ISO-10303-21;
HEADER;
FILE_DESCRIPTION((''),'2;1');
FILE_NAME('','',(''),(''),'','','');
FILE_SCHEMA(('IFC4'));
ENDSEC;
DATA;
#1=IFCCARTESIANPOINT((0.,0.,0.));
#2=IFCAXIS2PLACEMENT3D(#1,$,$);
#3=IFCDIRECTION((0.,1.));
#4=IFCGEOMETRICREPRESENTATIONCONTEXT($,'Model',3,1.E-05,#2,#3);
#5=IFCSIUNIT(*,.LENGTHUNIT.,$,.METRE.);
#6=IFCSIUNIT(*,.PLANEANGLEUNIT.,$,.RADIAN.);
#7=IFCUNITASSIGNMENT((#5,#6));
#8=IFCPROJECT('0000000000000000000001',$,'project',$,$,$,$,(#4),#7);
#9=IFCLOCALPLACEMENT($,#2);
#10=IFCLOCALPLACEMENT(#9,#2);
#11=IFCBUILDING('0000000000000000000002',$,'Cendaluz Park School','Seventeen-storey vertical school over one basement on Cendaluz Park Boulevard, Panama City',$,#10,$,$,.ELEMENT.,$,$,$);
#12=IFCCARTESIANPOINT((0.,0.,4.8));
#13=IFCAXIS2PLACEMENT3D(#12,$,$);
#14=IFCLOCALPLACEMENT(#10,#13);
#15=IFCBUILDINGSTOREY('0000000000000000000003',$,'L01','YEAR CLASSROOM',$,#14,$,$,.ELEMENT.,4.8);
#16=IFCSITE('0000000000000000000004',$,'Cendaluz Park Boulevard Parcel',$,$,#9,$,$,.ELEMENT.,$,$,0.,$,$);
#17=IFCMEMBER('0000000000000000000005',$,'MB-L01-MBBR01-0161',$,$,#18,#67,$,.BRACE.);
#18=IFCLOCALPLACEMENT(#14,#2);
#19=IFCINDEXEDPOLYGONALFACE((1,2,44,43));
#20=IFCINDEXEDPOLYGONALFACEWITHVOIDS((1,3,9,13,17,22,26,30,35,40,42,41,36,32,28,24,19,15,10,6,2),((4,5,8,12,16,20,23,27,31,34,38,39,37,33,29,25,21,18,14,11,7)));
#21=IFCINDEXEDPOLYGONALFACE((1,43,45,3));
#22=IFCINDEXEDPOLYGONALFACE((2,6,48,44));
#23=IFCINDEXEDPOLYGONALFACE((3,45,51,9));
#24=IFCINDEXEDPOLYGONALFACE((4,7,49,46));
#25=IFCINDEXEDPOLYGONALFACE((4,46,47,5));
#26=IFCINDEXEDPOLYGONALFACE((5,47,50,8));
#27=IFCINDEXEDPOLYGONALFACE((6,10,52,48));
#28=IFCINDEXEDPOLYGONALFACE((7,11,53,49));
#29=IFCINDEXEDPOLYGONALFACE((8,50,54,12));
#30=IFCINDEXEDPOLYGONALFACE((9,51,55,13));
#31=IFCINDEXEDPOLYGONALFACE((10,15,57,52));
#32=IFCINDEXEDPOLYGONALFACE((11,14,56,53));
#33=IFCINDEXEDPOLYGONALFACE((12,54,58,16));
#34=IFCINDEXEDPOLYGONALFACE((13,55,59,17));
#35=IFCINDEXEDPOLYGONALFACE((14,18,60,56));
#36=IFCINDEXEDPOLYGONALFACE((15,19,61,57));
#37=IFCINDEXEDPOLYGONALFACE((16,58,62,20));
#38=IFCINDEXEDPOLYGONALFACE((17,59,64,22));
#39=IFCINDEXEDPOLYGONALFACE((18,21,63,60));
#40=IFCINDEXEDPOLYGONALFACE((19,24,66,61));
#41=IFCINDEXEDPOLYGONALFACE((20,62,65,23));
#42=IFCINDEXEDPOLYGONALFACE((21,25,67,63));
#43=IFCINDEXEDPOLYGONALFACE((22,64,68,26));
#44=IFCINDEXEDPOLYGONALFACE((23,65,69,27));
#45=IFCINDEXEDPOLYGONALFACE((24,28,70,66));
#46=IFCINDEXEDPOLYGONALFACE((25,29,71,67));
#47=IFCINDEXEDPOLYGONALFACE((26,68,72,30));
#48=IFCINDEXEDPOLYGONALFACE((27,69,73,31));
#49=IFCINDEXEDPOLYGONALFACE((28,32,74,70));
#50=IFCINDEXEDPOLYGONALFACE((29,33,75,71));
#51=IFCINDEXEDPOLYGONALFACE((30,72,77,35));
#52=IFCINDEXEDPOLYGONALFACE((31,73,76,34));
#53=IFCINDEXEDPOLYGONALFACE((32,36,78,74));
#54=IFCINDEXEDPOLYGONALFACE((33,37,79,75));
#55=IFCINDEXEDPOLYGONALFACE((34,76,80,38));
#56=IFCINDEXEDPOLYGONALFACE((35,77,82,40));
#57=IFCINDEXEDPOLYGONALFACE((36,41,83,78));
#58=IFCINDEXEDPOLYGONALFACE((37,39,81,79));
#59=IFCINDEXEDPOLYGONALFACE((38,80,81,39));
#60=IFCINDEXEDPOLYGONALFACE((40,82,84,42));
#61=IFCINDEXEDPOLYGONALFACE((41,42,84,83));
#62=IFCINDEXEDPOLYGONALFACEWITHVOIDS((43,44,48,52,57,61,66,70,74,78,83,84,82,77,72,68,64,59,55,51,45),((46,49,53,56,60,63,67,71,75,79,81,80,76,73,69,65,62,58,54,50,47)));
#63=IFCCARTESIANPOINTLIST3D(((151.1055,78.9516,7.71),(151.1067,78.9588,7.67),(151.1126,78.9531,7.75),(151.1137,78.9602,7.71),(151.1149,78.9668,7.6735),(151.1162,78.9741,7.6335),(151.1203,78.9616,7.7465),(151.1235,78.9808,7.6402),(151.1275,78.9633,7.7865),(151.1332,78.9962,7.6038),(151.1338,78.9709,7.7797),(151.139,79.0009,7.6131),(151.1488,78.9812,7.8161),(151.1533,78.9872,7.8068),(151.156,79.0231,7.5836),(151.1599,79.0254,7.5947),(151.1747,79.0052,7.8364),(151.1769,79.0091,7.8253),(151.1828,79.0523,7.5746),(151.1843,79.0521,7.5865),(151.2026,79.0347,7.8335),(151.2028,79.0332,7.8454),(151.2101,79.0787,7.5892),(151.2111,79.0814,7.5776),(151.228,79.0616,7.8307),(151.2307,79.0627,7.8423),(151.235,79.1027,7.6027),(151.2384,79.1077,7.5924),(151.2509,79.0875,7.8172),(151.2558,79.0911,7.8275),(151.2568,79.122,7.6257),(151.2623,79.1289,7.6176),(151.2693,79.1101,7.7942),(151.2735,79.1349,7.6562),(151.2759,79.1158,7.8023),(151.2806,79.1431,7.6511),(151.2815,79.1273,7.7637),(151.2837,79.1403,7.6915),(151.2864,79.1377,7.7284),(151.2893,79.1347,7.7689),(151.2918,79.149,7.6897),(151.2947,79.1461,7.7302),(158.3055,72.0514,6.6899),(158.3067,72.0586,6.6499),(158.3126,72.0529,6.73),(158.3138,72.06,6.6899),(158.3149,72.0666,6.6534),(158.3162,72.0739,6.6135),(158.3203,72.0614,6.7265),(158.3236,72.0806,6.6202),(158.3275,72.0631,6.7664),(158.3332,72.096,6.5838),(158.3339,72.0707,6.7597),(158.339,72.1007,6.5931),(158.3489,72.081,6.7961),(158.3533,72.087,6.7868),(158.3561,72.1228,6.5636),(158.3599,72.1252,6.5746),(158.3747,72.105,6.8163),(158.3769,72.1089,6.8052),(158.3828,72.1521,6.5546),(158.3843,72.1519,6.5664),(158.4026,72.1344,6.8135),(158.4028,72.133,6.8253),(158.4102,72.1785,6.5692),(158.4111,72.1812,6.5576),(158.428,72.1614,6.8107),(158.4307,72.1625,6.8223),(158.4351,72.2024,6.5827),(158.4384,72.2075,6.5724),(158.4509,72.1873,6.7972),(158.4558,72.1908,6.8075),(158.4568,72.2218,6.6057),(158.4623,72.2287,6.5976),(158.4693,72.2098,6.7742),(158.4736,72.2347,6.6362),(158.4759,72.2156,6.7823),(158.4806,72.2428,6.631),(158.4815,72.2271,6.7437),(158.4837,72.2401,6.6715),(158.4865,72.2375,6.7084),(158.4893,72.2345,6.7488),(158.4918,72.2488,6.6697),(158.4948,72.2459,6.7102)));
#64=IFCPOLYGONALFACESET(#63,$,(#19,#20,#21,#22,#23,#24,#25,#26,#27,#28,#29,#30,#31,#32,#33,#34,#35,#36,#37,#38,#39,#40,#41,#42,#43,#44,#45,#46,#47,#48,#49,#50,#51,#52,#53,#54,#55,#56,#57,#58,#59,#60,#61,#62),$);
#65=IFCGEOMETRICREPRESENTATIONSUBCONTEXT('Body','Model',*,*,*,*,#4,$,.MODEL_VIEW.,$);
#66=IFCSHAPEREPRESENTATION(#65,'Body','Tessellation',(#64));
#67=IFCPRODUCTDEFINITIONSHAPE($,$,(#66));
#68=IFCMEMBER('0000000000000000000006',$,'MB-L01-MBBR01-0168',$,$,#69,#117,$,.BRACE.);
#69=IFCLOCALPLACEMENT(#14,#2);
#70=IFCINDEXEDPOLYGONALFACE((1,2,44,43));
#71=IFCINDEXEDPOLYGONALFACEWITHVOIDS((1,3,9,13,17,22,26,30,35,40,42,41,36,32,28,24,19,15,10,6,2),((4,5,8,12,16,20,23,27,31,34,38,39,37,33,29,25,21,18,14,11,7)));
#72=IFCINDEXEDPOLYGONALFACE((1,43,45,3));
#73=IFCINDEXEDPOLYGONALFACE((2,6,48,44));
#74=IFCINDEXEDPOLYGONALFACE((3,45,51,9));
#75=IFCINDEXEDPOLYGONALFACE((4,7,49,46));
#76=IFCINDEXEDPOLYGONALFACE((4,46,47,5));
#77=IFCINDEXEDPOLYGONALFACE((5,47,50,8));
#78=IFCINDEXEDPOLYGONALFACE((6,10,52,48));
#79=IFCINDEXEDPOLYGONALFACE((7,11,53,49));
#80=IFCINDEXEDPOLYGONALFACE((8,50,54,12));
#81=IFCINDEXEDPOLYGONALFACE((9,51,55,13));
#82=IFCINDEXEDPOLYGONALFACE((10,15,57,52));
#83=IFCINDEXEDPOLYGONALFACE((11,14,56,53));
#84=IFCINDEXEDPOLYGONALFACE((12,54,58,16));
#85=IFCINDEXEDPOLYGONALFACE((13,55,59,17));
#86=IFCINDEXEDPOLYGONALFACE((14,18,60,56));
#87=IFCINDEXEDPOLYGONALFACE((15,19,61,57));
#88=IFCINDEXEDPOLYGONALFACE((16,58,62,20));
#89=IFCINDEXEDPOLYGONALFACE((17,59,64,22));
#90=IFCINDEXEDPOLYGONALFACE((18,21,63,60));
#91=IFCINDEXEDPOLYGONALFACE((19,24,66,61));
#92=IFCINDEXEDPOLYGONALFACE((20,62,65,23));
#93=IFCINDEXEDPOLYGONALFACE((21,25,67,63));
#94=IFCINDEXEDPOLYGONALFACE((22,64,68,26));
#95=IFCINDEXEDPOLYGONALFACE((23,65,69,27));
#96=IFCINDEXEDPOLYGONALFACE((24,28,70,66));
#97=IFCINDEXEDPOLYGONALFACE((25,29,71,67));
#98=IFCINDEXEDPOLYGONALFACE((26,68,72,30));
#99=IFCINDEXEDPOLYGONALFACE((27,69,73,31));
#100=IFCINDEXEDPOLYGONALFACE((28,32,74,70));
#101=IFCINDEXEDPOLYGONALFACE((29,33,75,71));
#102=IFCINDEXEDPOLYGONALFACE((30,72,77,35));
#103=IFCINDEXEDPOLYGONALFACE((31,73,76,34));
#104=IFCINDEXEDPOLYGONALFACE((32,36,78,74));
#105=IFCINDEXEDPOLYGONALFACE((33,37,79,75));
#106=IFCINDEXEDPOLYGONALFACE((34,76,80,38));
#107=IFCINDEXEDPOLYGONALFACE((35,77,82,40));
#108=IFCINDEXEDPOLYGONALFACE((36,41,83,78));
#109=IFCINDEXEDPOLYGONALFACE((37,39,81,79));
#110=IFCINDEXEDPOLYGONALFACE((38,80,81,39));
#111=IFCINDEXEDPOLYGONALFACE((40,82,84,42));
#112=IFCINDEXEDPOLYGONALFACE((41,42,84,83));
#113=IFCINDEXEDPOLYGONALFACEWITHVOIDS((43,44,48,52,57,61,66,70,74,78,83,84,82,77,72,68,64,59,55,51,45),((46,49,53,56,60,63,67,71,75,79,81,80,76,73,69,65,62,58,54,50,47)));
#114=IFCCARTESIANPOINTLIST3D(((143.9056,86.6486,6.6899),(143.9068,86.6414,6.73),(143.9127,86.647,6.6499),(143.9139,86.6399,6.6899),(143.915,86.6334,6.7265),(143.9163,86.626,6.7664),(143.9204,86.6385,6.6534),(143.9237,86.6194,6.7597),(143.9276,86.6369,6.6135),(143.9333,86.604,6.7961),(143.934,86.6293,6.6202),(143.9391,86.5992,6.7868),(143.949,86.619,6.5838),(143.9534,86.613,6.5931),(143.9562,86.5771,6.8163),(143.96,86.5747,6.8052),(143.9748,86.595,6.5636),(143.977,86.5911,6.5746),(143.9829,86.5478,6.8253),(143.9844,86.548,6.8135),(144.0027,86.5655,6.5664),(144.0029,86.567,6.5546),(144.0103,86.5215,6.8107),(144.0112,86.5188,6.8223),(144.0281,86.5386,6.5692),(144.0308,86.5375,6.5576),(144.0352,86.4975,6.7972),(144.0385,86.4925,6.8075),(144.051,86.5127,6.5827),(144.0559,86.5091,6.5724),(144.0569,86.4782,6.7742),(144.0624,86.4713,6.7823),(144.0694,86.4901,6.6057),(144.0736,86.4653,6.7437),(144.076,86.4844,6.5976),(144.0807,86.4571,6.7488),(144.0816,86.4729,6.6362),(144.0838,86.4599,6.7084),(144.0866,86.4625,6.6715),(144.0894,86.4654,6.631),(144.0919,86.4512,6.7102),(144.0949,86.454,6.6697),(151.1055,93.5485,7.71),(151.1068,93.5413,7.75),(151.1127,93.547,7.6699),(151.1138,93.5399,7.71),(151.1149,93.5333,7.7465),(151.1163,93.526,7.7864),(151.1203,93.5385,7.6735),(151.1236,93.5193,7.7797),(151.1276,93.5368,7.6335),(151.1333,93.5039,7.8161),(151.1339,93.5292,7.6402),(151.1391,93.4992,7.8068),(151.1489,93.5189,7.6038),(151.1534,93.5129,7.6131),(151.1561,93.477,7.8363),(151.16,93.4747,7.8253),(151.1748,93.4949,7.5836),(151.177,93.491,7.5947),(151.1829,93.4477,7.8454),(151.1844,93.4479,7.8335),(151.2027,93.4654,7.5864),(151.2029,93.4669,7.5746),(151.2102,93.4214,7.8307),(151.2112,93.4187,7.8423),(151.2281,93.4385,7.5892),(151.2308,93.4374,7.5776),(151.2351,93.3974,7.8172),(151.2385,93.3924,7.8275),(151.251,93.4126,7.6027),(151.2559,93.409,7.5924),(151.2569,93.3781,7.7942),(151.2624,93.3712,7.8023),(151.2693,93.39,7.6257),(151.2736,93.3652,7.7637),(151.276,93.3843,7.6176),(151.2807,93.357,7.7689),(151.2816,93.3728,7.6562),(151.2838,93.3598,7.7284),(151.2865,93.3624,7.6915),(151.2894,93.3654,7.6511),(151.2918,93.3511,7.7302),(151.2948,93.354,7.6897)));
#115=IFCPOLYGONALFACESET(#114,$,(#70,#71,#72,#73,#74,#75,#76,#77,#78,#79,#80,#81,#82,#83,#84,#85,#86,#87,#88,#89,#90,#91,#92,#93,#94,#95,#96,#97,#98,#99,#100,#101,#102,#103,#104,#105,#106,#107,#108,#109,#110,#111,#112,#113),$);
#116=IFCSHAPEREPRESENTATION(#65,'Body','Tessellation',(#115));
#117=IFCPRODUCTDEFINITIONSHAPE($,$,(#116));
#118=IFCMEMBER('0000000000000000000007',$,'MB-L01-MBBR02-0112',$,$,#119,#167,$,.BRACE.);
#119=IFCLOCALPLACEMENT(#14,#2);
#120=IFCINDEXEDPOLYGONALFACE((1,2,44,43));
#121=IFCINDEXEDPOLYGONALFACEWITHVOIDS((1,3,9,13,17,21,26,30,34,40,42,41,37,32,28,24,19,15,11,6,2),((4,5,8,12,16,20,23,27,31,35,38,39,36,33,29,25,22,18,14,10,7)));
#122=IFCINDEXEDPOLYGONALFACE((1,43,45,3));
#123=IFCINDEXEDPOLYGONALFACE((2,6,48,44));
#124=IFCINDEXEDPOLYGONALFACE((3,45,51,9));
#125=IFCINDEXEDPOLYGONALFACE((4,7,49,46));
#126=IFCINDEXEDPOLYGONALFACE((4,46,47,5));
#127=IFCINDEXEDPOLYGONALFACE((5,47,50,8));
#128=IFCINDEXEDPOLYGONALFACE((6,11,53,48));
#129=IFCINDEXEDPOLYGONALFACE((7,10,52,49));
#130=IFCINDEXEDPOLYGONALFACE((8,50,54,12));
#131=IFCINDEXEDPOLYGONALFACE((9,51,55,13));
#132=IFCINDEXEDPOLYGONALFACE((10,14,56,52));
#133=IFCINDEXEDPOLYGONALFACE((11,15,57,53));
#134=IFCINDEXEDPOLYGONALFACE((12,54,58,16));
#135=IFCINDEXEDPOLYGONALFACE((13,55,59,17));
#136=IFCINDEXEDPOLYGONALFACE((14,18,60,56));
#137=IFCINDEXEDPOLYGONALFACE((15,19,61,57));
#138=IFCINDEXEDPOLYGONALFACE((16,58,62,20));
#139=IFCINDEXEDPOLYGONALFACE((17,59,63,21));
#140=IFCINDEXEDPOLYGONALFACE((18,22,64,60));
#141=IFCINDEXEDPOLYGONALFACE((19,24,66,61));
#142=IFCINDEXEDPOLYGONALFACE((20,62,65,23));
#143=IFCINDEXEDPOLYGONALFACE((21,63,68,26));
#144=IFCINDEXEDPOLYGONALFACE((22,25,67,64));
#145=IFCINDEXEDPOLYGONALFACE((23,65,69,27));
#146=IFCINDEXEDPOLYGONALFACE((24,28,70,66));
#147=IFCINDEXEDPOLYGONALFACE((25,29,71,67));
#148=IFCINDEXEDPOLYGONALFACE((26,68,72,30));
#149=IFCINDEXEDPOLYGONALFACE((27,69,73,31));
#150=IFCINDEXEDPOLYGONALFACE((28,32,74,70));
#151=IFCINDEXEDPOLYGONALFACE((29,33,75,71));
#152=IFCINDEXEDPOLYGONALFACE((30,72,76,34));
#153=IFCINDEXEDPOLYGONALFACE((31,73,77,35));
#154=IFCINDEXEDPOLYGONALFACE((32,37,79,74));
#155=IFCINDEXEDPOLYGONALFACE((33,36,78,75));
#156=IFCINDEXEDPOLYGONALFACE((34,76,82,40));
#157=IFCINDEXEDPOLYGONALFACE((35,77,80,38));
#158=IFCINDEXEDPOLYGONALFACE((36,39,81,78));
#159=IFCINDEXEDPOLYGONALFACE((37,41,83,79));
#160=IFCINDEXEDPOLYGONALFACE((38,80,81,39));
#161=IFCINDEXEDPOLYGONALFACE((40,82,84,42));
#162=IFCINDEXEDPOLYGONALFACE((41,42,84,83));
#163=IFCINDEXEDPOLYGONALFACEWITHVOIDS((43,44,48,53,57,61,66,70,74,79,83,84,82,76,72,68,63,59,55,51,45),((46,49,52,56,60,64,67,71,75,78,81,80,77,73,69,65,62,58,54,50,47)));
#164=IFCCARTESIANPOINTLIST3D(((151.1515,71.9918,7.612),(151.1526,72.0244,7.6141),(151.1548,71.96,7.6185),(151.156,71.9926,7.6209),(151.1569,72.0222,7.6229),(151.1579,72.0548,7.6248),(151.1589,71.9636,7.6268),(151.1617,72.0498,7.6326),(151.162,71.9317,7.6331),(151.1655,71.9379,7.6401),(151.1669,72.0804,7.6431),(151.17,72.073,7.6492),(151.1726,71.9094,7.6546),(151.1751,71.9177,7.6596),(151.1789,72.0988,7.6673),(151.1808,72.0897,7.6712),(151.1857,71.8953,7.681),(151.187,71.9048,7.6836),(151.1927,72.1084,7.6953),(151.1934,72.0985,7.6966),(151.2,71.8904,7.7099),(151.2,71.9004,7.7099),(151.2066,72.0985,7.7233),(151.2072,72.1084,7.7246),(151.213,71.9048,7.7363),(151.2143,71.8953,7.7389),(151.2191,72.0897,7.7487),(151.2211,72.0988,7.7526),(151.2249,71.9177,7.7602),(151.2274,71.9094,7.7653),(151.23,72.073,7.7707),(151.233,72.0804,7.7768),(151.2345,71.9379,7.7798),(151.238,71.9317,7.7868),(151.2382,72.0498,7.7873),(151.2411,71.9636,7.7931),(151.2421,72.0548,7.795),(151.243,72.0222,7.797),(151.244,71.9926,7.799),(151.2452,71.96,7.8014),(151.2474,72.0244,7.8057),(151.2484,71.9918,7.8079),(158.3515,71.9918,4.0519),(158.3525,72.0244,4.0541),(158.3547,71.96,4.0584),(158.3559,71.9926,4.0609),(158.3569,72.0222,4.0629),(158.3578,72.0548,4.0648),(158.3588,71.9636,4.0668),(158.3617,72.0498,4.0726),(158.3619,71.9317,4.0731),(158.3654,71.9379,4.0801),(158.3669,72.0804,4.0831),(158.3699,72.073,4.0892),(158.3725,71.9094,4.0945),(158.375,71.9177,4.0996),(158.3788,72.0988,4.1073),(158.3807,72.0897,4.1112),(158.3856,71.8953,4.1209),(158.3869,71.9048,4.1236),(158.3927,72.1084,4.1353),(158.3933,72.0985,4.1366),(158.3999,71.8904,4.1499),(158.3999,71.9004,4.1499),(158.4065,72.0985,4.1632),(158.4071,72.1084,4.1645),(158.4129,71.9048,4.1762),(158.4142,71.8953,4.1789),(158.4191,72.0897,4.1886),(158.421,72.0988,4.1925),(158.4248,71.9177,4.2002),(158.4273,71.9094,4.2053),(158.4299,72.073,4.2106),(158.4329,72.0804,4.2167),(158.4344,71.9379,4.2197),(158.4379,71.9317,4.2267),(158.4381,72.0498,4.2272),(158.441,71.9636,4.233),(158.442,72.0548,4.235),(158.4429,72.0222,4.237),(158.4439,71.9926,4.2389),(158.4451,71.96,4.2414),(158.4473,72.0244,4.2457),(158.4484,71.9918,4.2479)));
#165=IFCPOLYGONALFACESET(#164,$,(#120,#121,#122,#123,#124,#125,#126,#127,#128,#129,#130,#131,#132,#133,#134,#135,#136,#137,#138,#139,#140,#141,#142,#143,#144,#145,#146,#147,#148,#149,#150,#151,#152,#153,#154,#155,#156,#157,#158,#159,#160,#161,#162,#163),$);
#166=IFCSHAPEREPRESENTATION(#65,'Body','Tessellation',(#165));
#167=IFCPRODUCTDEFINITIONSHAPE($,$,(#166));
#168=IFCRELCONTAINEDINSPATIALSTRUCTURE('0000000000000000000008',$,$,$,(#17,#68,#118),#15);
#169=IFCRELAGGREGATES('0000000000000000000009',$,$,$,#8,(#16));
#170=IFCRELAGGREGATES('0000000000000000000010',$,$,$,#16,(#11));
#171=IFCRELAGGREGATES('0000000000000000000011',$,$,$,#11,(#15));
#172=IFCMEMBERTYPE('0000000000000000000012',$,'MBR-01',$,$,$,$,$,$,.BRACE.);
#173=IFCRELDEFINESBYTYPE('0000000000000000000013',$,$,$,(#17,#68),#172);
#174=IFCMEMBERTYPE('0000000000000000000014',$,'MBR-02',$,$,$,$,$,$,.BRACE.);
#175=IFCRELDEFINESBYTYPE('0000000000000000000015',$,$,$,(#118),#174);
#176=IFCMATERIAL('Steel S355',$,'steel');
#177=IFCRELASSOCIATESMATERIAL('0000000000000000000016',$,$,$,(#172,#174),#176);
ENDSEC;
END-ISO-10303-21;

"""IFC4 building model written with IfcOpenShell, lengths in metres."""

from ifc_helpers import new_model, si_unit, direction, frame, origin, origin_2d, place, context, subcontext, project, spatial, hollow_circle, extrude, material, material_profile, profile_set, type_object, element, save


model = new_model("IFC4")

# Units and contexts
model_context = context("Model", 3, precision=1e-05, world=origin(), true_north=direction((0.0, 1.0)))
body_context = subcontext(model_context, "Body", "Model", "MODEL_VIEW")
ifc_project = project(units=[si_unit("LENGTHUNIT", "METRE"), si_unit("PLANEANGLEUNIT", "RADIAN")], contexts=[model_context])

# Site, building, storey
site_placement = place(None, origin())
site = spatial("IfcSite", under=ifc_project, at=site_placement, Name="Cendaluz Park Boulevard Parcel", CompositionType="ELEMENT", RefElevation=0.0)
building_placement = place(site_placement, origin())
building = spatial("IfcBuilding", under=site, at=building_placement, Name="Cendaluz Park School", Description="Seventeen-storey vertical school over one basement on Cendaluz Park Boulevard, Panama City", CompositionType="ELEMENT")
storey_placement = place(building_placement, frame((0.0, 0.0, 4.8)))
storey = spatial("IfcBuildingStorey", under=building, at=storey_placement, Name="L01", Description="YEAR CLASSROOM", CompositionType="ELEMENT", Elevation=4.8)

# Members
ifc_material_1 = material(Name="Steel S355", Category="steel")
ifc_material_profile_1 = material_profile(ifc_material_1, hollow_circle(Radius=0.1365, WallThickness=0.012, at=origin_2d()), Name="CHS 273x12", Category="steel")
ifc_profile_set_1 = profile_set([ifc_material_profile_1], Name="Steel S355")
member_type_1 = type_object("IfcMemberType", Name="MBR-01", PredefinedType="BRACE", material=ifc_profile_set_1)
member_1_placement = place(storey_placement, frame((158.3999, 72.1499, 6.6899), z_axis=(-0.718231, 0.688324, 0.101752), x_axis=(-0.691915, -0.721979, 0.0)))
element("IfcMember", 1, at=member_1_placement, inside=storey, type_object=member_type_1, Name="MB-L01-MBBR01-0161", PredefinedType="BRACE", context=body_context, shape_type="SweptSolid", body=[
    extrude(hollow_circle(Radius=0.1365, WallThickness=0.012, at=origin_2d()), origin(), (0.0, 0.0, 1.0), 10.0247),
])
member_2_placement = place(storey_placement, frame((144.0, 86.55, 6.6899), z_axis=(0.718243, 0.688311, 0.101754), x_axis=(-0.691903, 0.721991, 0.0)))
element("IfcMember", 2, at=member_2_placement, inside=storey, type_object=member_type_1, Name="MB-L01-MBBR01-0168", PredefinedType="BRACE", context=body_context, shape_type="SweptSolid", body=[
    extrude(hollow_circle(Radius=0.1365, WallThickness=0.012, at=origin_2d()), origin(), (0.0, 0.0, 1.0), 10.0244),
])
ifc_material_profile_2 = material_profile(ifc_material_1, hollow_circle(Radius=0.1096, WallThickness=0.01, at=origin_2d()), Name="CHS 219x10", Category="steel")
ifc_profile_set_2 = profile_set([ifc_material_profile_2], Name="Steel S355")
member_type_2 = type_object("IfcMemberType", Name="MBR-02", PredefinedType="BRACE", material=ifc_profile_set_2)
for number, where, z_axis, x_axis, name in (
    (3, (158.3999, 72.0, 4.1499), (-0.896406, 0.0, 0.443233), (0.0, -1.0, 0.0), "MB-L01-MBBR02-0112"),
):
    element("IfcMember", number, at=place(storey_placement, frame(where, z_axis=z_axis, x_axis=x_axis)), inside=storey, type_object=member_type_2, Name=name, PredefinedType="BRACE", context=body_context, shape_type="SweptSolid", body=[
        extrude(hollow_circle(Radius=0.1096, WallThickness=0.01, at=origin_2d()), origin(), (0.0, 0.0, 1.0), 8.032),
    ])

save(model, "model.ifc")
